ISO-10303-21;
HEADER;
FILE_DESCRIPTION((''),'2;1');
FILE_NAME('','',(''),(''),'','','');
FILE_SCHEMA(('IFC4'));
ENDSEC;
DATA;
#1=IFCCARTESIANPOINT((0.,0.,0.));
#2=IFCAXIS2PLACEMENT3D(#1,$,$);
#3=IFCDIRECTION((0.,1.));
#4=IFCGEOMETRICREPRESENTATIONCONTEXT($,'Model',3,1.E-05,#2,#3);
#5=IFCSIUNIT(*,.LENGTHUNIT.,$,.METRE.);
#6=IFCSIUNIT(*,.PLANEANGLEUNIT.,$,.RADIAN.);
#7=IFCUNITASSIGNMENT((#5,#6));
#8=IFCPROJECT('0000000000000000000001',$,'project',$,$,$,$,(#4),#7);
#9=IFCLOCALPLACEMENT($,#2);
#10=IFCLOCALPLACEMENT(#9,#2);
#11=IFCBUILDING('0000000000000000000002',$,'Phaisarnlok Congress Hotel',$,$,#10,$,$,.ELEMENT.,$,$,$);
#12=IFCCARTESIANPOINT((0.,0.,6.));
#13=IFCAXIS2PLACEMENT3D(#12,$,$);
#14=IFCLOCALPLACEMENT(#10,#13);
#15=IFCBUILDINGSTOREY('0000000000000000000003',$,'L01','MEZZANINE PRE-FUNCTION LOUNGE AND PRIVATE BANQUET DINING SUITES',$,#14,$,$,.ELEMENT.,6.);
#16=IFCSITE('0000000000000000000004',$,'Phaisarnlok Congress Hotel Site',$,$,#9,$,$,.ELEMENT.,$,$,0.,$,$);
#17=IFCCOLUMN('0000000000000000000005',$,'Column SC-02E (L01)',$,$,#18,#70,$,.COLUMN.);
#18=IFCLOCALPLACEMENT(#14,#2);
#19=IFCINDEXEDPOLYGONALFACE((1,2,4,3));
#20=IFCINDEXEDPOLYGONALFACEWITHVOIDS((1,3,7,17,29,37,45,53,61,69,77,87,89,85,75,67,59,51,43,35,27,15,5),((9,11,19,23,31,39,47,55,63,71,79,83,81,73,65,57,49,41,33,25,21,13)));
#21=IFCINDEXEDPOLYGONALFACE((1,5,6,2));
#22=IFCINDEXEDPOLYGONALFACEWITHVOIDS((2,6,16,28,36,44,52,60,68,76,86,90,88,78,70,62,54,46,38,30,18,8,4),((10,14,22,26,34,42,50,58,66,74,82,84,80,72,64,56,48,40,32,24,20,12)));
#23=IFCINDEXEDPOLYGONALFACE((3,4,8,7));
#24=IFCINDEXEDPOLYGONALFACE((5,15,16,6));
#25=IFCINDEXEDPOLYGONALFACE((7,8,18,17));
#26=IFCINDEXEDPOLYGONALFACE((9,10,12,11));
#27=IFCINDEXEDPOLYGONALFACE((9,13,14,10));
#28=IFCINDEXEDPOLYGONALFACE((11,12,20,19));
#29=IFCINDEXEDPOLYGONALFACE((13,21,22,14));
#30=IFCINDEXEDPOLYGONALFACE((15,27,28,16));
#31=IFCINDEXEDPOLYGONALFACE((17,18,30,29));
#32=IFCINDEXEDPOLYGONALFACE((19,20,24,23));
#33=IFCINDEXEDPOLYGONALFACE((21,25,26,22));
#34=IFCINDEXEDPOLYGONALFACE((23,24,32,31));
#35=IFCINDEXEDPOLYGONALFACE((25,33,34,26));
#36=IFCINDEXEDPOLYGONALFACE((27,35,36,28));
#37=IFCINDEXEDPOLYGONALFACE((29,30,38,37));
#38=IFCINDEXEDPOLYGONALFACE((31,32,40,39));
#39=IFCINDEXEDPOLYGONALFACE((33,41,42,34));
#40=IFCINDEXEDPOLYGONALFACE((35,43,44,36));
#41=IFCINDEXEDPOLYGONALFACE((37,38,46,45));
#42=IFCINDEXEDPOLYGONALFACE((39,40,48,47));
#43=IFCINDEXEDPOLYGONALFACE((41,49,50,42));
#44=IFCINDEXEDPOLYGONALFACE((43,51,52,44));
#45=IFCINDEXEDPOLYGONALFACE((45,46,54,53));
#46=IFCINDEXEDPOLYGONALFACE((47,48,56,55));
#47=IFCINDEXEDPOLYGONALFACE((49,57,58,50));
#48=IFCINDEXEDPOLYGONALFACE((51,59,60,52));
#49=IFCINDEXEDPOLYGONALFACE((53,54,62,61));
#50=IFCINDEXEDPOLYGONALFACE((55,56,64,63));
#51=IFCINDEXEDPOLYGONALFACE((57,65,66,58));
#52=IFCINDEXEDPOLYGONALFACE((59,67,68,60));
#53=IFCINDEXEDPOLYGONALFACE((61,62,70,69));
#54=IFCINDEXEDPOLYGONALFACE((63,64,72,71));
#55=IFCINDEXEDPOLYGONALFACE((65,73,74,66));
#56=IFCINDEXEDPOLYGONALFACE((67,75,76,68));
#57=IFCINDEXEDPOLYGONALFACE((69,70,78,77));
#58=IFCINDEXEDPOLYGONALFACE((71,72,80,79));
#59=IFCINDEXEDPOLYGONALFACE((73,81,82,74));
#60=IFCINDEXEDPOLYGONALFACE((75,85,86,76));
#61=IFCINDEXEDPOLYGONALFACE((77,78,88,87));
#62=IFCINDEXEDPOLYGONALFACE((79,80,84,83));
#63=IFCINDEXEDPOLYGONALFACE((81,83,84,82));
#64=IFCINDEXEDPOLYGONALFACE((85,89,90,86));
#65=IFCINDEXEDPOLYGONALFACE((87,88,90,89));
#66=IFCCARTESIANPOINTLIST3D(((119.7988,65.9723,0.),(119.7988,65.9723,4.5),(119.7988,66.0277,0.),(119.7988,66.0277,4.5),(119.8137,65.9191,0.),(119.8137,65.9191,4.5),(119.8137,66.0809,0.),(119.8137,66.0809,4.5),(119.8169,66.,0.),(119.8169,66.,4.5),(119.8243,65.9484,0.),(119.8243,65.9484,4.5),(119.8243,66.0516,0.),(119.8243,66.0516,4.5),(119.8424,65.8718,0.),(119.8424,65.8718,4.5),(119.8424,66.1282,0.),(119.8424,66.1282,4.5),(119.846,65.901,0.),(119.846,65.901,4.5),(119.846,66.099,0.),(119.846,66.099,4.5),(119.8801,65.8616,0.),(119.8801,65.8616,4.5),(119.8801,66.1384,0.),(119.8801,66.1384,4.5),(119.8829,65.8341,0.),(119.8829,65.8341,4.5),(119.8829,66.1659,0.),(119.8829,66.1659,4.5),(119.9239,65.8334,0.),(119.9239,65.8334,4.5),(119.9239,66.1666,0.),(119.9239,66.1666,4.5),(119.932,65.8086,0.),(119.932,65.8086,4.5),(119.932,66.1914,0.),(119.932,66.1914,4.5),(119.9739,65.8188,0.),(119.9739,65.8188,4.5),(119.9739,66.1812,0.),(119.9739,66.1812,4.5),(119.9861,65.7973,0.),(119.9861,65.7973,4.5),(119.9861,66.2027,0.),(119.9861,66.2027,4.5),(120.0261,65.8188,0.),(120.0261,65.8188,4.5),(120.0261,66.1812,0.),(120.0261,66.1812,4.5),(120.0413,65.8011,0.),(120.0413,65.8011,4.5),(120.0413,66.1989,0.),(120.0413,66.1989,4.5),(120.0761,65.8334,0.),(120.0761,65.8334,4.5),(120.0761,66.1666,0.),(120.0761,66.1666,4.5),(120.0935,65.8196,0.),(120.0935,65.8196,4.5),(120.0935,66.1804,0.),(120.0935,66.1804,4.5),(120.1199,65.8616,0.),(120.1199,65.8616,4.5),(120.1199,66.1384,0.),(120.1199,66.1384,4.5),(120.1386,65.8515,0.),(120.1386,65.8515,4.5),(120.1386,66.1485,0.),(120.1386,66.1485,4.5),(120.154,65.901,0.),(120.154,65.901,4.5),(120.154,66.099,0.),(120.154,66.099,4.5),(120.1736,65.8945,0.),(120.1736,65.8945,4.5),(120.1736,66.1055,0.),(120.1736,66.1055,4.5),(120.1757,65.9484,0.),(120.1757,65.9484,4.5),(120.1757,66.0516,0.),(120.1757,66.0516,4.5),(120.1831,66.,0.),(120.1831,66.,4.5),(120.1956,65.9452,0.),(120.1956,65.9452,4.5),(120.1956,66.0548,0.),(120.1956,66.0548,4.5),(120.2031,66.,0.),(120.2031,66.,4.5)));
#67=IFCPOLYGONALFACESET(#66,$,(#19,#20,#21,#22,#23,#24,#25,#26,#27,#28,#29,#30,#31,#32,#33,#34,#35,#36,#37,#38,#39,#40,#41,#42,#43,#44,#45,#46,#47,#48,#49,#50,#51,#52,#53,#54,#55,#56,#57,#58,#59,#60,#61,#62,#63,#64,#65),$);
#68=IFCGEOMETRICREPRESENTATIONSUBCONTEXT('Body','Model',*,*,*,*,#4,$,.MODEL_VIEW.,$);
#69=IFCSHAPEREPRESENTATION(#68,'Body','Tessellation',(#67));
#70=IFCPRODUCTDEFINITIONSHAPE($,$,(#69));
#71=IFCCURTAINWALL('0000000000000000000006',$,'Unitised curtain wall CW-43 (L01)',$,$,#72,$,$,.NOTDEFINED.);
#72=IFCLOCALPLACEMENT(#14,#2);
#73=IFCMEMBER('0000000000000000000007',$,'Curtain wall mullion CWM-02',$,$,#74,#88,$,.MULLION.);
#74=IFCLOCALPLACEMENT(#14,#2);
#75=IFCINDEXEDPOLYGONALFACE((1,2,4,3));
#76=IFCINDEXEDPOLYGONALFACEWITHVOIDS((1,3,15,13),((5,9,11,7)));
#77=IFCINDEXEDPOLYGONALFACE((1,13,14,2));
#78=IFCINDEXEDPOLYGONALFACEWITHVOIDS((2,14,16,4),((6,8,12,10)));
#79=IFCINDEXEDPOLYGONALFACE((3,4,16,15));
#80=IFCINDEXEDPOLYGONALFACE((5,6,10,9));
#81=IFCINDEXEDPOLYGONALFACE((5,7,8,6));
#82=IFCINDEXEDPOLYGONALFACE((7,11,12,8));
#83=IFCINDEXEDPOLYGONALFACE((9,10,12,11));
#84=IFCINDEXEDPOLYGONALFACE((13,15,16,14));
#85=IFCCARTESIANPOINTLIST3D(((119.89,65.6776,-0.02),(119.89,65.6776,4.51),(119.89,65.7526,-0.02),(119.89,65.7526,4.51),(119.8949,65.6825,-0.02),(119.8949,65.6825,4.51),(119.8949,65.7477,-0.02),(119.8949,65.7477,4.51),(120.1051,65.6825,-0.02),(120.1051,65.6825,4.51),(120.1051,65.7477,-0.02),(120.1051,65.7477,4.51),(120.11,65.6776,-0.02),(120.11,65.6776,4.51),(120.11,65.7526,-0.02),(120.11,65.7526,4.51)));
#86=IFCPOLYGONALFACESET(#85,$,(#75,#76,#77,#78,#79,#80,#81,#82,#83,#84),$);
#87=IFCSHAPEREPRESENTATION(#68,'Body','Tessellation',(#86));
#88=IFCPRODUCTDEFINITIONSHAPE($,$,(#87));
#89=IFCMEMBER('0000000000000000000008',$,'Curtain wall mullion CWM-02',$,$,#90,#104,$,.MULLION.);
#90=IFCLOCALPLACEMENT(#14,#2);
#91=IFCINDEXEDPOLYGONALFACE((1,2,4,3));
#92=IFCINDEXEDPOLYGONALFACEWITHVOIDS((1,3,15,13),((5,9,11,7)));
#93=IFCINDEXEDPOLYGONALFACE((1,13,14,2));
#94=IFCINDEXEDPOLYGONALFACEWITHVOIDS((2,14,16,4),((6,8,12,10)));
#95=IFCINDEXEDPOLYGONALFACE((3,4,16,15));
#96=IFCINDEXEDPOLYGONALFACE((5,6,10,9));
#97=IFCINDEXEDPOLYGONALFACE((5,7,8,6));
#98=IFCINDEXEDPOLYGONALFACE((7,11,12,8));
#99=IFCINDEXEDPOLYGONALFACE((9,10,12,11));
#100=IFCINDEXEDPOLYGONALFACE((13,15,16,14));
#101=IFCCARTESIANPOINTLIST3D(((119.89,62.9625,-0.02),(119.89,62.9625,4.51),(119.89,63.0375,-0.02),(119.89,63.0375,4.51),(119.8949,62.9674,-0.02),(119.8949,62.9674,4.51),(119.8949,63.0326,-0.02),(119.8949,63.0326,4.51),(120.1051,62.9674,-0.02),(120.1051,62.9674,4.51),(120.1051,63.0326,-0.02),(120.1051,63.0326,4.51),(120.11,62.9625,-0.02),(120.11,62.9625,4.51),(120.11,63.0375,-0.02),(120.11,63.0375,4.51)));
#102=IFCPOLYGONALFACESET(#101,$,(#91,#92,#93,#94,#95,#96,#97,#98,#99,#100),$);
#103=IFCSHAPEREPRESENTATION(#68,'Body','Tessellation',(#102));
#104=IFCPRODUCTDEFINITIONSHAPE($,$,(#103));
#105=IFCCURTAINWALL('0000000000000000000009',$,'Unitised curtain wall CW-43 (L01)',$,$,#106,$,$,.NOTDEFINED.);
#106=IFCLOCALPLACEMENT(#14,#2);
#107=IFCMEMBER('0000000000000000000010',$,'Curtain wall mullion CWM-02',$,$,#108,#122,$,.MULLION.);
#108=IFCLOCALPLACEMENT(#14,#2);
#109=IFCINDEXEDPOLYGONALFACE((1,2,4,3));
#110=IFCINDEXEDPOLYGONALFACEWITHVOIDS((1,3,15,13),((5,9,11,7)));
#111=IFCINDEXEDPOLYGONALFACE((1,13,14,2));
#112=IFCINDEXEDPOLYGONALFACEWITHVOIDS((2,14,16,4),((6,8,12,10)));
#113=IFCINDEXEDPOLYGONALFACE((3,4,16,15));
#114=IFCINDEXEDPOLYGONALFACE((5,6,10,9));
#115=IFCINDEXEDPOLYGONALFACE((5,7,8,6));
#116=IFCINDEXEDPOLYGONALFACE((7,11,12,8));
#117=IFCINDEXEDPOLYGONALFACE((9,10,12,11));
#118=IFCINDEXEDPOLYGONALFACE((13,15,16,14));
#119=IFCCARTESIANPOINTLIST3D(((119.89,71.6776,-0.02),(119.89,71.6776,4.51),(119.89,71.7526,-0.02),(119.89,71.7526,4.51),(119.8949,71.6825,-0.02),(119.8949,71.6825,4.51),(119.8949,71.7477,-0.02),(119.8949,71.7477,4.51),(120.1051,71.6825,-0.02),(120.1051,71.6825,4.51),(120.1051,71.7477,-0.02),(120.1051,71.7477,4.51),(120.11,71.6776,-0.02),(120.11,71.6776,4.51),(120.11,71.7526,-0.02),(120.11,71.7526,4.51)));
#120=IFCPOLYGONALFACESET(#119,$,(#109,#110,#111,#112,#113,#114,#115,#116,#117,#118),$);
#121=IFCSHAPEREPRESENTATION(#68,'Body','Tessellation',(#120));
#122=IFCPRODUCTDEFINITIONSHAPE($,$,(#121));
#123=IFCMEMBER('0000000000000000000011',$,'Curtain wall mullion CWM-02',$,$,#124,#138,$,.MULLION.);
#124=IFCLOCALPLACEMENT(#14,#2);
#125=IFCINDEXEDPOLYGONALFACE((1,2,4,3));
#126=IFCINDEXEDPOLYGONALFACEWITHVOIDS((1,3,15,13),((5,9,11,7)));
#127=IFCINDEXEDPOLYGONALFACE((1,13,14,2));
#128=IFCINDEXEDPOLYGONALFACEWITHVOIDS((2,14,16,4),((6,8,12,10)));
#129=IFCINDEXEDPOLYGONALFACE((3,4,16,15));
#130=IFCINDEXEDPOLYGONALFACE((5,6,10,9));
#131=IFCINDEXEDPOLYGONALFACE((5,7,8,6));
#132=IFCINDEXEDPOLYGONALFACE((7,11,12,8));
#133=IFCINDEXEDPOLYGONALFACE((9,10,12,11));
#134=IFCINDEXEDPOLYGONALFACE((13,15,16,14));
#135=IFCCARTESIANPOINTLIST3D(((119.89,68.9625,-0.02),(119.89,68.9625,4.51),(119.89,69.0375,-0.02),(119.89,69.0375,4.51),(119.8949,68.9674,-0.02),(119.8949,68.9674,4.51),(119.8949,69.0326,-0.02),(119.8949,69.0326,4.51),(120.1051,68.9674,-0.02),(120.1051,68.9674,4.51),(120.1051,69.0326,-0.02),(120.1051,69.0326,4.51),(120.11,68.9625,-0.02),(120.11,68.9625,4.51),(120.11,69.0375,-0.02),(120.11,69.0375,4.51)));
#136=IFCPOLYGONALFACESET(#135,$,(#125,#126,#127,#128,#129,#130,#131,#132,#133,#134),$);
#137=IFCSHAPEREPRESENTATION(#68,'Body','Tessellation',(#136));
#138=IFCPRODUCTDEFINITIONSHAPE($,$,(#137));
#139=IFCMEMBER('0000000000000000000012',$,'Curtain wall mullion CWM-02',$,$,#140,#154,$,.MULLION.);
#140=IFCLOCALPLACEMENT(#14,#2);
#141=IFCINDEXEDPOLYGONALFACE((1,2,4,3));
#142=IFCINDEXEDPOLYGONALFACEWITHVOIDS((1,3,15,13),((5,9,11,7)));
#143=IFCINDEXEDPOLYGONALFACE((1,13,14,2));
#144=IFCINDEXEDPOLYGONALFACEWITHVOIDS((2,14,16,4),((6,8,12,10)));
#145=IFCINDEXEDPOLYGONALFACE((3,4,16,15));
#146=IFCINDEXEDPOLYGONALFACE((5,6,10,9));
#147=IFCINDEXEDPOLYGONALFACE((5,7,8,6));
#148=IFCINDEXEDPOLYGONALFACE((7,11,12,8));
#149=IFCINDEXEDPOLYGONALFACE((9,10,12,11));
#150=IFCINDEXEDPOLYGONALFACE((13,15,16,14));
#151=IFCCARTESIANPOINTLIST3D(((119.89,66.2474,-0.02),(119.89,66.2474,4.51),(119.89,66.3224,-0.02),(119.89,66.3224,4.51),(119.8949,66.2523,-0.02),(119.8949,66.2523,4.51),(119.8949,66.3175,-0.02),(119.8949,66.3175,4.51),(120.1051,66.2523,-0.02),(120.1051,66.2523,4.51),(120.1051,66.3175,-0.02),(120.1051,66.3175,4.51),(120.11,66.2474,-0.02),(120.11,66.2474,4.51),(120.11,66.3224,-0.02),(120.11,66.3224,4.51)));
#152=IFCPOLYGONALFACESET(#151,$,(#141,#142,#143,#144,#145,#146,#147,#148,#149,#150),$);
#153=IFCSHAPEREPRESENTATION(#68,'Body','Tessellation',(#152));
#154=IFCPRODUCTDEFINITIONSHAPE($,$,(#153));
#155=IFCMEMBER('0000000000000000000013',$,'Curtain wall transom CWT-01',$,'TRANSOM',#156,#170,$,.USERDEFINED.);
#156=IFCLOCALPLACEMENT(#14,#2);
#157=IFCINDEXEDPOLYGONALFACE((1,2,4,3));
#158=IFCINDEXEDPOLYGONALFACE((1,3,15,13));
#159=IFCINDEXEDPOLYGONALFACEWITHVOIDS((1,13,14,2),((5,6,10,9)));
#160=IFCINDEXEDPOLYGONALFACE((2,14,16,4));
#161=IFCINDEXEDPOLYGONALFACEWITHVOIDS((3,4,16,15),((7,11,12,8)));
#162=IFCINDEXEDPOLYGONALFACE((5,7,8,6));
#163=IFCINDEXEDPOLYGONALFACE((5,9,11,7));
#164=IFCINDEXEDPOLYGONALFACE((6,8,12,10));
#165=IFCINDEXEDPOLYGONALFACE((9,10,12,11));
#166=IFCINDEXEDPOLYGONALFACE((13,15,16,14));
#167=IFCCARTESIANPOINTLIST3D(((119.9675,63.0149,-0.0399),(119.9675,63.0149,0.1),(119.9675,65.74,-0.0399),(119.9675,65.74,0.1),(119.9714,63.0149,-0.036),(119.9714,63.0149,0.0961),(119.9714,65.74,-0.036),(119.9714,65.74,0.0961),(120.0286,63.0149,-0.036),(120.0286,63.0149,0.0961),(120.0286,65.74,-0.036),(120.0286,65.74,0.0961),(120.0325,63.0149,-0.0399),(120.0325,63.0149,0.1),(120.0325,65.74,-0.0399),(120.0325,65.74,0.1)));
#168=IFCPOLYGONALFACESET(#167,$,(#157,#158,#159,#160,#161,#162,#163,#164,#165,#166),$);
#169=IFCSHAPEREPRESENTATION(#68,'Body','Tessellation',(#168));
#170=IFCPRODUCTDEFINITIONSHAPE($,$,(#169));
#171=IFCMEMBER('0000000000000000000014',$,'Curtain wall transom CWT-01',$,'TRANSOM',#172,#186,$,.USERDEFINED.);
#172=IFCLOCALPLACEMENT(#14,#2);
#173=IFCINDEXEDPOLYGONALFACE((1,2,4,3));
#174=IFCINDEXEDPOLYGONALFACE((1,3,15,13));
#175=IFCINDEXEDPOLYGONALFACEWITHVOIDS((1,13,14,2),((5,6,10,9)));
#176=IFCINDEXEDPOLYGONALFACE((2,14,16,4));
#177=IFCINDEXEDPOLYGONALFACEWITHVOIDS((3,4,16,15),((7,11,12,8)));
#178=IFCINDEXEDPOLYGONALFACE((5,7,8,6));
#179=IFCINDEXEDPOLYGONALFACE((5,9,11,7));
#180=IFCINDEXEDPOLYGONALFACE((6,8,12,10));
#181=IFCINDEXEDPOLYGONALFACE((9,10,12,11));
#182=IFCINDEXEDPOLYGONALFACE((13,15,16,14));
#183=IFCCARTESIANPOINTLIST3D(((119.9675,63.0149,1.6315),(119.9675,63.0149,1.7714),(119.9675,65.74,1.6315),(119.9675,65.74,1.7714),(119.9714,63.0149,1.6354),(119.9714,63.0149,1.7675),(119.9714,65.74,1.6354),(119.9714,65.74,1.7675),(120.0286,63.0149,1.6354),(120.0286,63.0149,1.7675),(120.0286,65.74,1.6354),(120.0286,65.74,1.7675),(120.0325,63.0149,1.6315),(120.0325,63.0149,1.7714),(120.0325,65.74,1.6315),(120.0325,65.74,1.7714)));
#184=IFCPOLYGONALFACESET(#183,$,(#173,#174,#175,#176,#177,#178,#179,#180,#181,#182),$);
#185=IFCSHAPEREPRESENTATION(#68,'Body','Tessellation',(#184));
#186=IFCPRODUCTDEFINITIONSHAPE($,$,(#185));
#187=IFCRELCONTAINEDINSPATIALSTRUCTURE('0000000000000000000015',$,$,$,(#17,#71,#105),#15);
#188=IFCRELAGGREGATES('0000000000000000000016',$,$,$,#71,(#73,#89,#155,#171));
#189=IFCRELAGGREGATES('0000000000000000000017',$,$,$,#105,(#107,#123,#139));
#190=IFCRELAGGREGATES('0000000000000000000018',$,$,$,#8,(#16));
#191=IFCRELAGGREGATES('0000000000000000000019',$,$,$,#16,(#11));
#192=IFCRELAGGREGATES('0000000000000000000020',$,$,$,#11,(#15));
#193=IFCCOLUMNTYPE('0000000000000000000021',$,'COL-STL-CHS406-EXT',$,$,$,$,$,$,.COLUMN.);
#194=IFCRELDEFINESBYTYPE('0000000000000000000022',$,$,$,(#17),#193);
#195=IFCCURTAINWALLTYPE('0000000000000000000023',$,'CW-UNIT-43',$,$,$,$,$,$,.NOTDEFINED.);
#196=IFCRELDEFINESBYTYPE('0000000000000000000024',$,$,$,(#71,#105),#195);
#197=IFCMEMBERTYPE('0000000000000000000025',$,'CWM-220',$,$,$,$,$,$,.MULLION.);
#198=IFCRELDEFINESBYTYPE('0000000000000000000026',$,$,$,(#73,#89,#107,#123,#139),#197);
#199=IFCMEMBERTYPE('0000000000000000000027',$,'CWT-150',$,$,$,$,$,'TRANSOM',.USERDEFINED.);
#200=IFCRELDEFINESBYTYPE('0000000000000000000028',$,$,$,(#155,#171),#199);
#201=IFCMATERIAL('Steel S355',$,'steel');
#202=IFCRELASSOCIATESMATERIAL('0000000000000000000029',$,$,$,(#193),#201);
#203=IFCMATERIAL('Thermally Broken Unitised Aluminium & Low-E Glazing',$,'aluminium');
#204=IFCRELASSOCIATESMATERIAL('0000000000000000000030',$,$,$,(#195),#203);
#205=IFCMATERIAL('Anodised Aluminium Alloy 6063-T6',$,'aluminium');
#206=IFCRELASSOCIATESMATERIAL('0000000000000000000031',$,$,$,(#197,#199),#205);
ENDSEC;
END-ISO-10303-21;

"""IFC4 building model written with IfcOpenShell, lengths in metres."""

from ifc_helpers import new_model, si_unit, direction, frame, origin, origin_2d, place, context, subcontext, project, spatial, hollow_rectangle, hollow_circle, extrude, material, material_profile, profile_set, type_object, element, aggregate, save


model = new_model("IFC4")

# Units and contexts
model_context = context("Model", 3, precision=1e-05, world=origin(), true_north=direction((0.0, 1.0)))
body_context = subcontext(model_context, "Body", "Model", "MODEL_VIEW")
ifc_project = project(units=[si_unit("LENGTHUNIT", "METRE"), si_unit("PLANEANGLEUNIT", "RADIAN")], contexts=[model_context])

# Site, building, storey
site_placement = place(None, origin())
site = spatial("IfcSite", under=ifc_project, at=site_placement, Name="Phaisarnlok Congress Hotel Site", CompositionType="ELEMENT", RefElevation=0.0)
building_placement = place(site_placement, origin())
building = spatial("IfcBuilding", under=site, at=building_placement, Name="Phaisarnlok Congress Hotel", CompositionType="ELEMENT")
storey_placement = place(building_placement, frame((0.0, 0.0, 6.0)))
storey = spatial("IfcBuildingStorey", under=building, at=storey_placement, Name="L01", Description="MEZZANINE PRE-FUNCTION LOUNGE AND PRIVATE BANQUET DINING SUITES", CompositionType="ELEMENT", Elevation=6.0)

# Column
ifc_material_1 = material(Name="Steel S355", Category="steel")
ifc_material_profile_1 = material_profile(ifc_material_1, hollow_circle(Radius=0.2031, WallThickness=0.02, at=origin_2d()), Name="CHS 406.4x20")
ifc_profile_set_1 = profile_set([ifc_material_profile_1], Name="Steel S355")
column_type = type_object("IfcColumnType", Name="COL-STL-CHS406-EXT", PredefinedType="COLUMN", material=ifc_profile_set_1)
column_placement = place(storey_placement, frame((120.0, 66.0, 0.0), z_axis=(0.0, 0.0, 1.0), x_axis=(1.0, 0.0, 0.0)))
element("IfcColumn", 1, at=column_placement, inside=storey, type_object=column_type, Name="Column SC-02E (L01)", PredefinedType="COLUMN", context=body_context, shape_type="SweptSolid", body=[
    extrude(hollow_circle(Radius=0.2031, WallThickness=0.02, at=origin_2d()), origin(), (0.0, 0.0, 1.0), 4.5),
])

# Curtain walls, members
ifc_material_2 = material(Name="Thermally Broken Unitised Aluminium & Low-E Glazing", Category="aluminium")
curtain_wall_type = type_object("IfcCurtainWallType", Name="CW-UNIT-43", PredefinedType="NOTDEFINED", material=ifc_material_2)
curtain_wall_1_placement = place(storey_placement, origin())
curtain_wall_1 = element("IfcCurtainWall", 2, at=curtain_wall_1_placement, inside=storey, type_object=curtain_wall_type, Name="Unitised curtain wall CW-43 (L01)", PredefinedType="NOTDEFINED")
ifc_material_3 = material(Name="Anodised Aluminium Alloy 6063-T6", Category="aluminium")
ifc_material_profile_2 = material_profile(ifc_material_3, hollow_rectangle(XDim=0.075, YDim=0.22, WallThickness=0.0049, at=origin_2d()), Name="ALU-M 75x220x5")
ifc_profile_set_2 = profile_set([ifc_material_profile_2], Name="Anodised Aluminium Alloy 6063-T6")
member_type_1 = type_object("IfcMemberType", Name="CWM-220", PredefinedType="MULLION", material=ifc_profile_set_2)
member_1_placement = place(storey_placement, frame((120.0, 65.7151, -0.02), z_axis=(0.0, 0.0, 1.0), x_axis=(0.0, -1.0, 0.0)))
member_1 = element("IfcMember", 3, at=member_1_placement, type_object=member_type_1, Name="Curtain wall mullion CWM-02", PredefinedType="MULLION", context=body_context, shape_type="SweptSolid", body=[
    extrude(hollow_rectangle(XDim=0.075, YDim=0.22, WallThickness=0.0049, at=origin_2d()), origin(), (0.0, 0.0, 1.0), 4.53),
])
member_2_placement = place(storey_placement, frame((120.0, 63.0, -0.02), z_axis=(0.0, 0.0, 1.0), x_axis=(0.0, -1.0, 0.0)))
member_2 = element("IfcMember", 4, at=member_2_placement, type_object=member_type_1, Name="Curtain wall mullion CWM-02", PredefinedType="MULLION", context=body_context, shape_type="SweptSolid", body=[
    extrude(hollow_rectangle(XDim=0.075, YDim=0.22, WallThickness=0.0049, at=origin_2d()), origin(), (0.0, 0.0, 1.0), 4.53),
])
curtain_wall_2_placement = place(storey_placement, origin())
curtain_wall_2 = element("IfcCurtainWall", 5, at=curtain_wall_2_placement, inside=storey, type_object=curtain_wall_type, Name="Unitised curtain wall CW-43 (L01)", PredefinedType="NOTDEFINED")
member_3_placement = place(storey_placement, frame((120.0, 71.7151, -0.02), z_axis=(0.0, 0.0, 1.0), x_axis=(0.0, -1.0, 0.0)))
member_3 = element("IfcMember", 6, at=member_3_placement, type_object=member_type_1, Name="Curtain wall mullion CWM-02", PredefinedType="MULLION", context=body_context, shape_type="SweptSolid", body=[
    extrude(hollow_rectangle(XDim=0.075, YDim=0.22, WallThickness=0.0049, at=origin_2d()), origin(), (0.0, 0.0, 1.0), 4.53),
])
member_4_placement = place(storey_placement, frame((120.0, 69.0, -0.02), z_axis=(0.0, 0.0, 1.0), x_axis=(0.0, -1.0, 0.0)))
member_4 = element("IfcMember", 7, at=member_4_placement, type_object=member_type_1, Name="Curtain wall mullion CWM-02", PredefinedType="MULLION", context=body_context, shape_type="SweptSolid", body=[
    extrude(hollow_rectangle(XDim=0.075, YDim=0.22, WallThickness=0.0049, at=origin_2d()), origin(), (0.0, 0.0, 1.0), 4.53),
])
member_5_placement = place(storey_placement, frame((120.0, 66.2849, -0.02), z_axis=(0.0, 0.0, 1.0), x_axis=(0.0, -1.0, 0.0)))
member_5 = element("IfcMember", 8, at=member_5_placement, type_object=member_type_1, Name="Curtain wall mullion CWM-02", PredefinedType="MULLION", context=body_context, shape_type="SweptSolid", body=[
    extrude(hollow_rectangle(XDim=0.075, YDim=0.22, WallThickness=0.0049, at=origin_2d()), origin(), (0.0, 0.0, 1.0), 4.53),
])

# Members
ifc_material_profile_3 = material_profile(ifc_material_3, hollow_rectangle(XDim=0.0649, YDim=0.1399, WallThickness=0.0039, at=origin_2d()), Name="ALU-T 65x140x4")
ifc_profile_set_3 = profile_set([ifc_material_profile_3], Name="Anodised Aluminium Alloy 6063-T6")
member_type_2 = type_object("IfcMemberType", Name="CWT-150", ElementType="TRANSOM", PredefinedType="USERDEFINED", material=ifc_profile_set_3)
member_6_placement = place(storey_placement, frame((120.0, 65.74, 0.03), z_axis=(0.0, -1.0, 0.0), x_axis=(1.0, 0.0, 0.0)))
member_6 = element("IfcMember", 9, at=member_6_placement, type_object=member_type_2, Name="Curtain wall transom CWT-01", ObjectType="TRANSOM", PredefinedType="USERDEFINED", context=body_context, shape_type="SweptSolid", body=[
    extrude(hollow_rectangle(XDim=0.0649, YDim=0.1399, WallThickness=0.0039, at=origin_2d()), origin(), (0.0, 0.0, 1.0), 2.7251),
])
member_7_placement = place(storey_placement, frame((120.0, 65.74, 1.7014), z_axis=(0.0, -1.0, 0.0), x_axis=(1.0, 0.0, 0.0)))
member_7 = element("IfcMember", 10, at=member_7_placement, type_object=member_type_2, Name="Curtain wall transom CWT-01", ObjectType="TRANSOM", PredefinedType="USERDEFINED", context=body_context, shape_type="SweptSolid", body=[
    extrude(hollow_rectangle(XDim=0.0649, YDim=0.1399, WallThickness=0.0039, at=origin_2d()), origin(), (0.0, 0.0, 1.0), 2.7251),
])

aggregate(curtain_wall_1, [member_1, member_2, member_6, member_7])
aggregate(curtain_wall_2, [member_3, member_4, member_5])

save(model, "model.ifc")
